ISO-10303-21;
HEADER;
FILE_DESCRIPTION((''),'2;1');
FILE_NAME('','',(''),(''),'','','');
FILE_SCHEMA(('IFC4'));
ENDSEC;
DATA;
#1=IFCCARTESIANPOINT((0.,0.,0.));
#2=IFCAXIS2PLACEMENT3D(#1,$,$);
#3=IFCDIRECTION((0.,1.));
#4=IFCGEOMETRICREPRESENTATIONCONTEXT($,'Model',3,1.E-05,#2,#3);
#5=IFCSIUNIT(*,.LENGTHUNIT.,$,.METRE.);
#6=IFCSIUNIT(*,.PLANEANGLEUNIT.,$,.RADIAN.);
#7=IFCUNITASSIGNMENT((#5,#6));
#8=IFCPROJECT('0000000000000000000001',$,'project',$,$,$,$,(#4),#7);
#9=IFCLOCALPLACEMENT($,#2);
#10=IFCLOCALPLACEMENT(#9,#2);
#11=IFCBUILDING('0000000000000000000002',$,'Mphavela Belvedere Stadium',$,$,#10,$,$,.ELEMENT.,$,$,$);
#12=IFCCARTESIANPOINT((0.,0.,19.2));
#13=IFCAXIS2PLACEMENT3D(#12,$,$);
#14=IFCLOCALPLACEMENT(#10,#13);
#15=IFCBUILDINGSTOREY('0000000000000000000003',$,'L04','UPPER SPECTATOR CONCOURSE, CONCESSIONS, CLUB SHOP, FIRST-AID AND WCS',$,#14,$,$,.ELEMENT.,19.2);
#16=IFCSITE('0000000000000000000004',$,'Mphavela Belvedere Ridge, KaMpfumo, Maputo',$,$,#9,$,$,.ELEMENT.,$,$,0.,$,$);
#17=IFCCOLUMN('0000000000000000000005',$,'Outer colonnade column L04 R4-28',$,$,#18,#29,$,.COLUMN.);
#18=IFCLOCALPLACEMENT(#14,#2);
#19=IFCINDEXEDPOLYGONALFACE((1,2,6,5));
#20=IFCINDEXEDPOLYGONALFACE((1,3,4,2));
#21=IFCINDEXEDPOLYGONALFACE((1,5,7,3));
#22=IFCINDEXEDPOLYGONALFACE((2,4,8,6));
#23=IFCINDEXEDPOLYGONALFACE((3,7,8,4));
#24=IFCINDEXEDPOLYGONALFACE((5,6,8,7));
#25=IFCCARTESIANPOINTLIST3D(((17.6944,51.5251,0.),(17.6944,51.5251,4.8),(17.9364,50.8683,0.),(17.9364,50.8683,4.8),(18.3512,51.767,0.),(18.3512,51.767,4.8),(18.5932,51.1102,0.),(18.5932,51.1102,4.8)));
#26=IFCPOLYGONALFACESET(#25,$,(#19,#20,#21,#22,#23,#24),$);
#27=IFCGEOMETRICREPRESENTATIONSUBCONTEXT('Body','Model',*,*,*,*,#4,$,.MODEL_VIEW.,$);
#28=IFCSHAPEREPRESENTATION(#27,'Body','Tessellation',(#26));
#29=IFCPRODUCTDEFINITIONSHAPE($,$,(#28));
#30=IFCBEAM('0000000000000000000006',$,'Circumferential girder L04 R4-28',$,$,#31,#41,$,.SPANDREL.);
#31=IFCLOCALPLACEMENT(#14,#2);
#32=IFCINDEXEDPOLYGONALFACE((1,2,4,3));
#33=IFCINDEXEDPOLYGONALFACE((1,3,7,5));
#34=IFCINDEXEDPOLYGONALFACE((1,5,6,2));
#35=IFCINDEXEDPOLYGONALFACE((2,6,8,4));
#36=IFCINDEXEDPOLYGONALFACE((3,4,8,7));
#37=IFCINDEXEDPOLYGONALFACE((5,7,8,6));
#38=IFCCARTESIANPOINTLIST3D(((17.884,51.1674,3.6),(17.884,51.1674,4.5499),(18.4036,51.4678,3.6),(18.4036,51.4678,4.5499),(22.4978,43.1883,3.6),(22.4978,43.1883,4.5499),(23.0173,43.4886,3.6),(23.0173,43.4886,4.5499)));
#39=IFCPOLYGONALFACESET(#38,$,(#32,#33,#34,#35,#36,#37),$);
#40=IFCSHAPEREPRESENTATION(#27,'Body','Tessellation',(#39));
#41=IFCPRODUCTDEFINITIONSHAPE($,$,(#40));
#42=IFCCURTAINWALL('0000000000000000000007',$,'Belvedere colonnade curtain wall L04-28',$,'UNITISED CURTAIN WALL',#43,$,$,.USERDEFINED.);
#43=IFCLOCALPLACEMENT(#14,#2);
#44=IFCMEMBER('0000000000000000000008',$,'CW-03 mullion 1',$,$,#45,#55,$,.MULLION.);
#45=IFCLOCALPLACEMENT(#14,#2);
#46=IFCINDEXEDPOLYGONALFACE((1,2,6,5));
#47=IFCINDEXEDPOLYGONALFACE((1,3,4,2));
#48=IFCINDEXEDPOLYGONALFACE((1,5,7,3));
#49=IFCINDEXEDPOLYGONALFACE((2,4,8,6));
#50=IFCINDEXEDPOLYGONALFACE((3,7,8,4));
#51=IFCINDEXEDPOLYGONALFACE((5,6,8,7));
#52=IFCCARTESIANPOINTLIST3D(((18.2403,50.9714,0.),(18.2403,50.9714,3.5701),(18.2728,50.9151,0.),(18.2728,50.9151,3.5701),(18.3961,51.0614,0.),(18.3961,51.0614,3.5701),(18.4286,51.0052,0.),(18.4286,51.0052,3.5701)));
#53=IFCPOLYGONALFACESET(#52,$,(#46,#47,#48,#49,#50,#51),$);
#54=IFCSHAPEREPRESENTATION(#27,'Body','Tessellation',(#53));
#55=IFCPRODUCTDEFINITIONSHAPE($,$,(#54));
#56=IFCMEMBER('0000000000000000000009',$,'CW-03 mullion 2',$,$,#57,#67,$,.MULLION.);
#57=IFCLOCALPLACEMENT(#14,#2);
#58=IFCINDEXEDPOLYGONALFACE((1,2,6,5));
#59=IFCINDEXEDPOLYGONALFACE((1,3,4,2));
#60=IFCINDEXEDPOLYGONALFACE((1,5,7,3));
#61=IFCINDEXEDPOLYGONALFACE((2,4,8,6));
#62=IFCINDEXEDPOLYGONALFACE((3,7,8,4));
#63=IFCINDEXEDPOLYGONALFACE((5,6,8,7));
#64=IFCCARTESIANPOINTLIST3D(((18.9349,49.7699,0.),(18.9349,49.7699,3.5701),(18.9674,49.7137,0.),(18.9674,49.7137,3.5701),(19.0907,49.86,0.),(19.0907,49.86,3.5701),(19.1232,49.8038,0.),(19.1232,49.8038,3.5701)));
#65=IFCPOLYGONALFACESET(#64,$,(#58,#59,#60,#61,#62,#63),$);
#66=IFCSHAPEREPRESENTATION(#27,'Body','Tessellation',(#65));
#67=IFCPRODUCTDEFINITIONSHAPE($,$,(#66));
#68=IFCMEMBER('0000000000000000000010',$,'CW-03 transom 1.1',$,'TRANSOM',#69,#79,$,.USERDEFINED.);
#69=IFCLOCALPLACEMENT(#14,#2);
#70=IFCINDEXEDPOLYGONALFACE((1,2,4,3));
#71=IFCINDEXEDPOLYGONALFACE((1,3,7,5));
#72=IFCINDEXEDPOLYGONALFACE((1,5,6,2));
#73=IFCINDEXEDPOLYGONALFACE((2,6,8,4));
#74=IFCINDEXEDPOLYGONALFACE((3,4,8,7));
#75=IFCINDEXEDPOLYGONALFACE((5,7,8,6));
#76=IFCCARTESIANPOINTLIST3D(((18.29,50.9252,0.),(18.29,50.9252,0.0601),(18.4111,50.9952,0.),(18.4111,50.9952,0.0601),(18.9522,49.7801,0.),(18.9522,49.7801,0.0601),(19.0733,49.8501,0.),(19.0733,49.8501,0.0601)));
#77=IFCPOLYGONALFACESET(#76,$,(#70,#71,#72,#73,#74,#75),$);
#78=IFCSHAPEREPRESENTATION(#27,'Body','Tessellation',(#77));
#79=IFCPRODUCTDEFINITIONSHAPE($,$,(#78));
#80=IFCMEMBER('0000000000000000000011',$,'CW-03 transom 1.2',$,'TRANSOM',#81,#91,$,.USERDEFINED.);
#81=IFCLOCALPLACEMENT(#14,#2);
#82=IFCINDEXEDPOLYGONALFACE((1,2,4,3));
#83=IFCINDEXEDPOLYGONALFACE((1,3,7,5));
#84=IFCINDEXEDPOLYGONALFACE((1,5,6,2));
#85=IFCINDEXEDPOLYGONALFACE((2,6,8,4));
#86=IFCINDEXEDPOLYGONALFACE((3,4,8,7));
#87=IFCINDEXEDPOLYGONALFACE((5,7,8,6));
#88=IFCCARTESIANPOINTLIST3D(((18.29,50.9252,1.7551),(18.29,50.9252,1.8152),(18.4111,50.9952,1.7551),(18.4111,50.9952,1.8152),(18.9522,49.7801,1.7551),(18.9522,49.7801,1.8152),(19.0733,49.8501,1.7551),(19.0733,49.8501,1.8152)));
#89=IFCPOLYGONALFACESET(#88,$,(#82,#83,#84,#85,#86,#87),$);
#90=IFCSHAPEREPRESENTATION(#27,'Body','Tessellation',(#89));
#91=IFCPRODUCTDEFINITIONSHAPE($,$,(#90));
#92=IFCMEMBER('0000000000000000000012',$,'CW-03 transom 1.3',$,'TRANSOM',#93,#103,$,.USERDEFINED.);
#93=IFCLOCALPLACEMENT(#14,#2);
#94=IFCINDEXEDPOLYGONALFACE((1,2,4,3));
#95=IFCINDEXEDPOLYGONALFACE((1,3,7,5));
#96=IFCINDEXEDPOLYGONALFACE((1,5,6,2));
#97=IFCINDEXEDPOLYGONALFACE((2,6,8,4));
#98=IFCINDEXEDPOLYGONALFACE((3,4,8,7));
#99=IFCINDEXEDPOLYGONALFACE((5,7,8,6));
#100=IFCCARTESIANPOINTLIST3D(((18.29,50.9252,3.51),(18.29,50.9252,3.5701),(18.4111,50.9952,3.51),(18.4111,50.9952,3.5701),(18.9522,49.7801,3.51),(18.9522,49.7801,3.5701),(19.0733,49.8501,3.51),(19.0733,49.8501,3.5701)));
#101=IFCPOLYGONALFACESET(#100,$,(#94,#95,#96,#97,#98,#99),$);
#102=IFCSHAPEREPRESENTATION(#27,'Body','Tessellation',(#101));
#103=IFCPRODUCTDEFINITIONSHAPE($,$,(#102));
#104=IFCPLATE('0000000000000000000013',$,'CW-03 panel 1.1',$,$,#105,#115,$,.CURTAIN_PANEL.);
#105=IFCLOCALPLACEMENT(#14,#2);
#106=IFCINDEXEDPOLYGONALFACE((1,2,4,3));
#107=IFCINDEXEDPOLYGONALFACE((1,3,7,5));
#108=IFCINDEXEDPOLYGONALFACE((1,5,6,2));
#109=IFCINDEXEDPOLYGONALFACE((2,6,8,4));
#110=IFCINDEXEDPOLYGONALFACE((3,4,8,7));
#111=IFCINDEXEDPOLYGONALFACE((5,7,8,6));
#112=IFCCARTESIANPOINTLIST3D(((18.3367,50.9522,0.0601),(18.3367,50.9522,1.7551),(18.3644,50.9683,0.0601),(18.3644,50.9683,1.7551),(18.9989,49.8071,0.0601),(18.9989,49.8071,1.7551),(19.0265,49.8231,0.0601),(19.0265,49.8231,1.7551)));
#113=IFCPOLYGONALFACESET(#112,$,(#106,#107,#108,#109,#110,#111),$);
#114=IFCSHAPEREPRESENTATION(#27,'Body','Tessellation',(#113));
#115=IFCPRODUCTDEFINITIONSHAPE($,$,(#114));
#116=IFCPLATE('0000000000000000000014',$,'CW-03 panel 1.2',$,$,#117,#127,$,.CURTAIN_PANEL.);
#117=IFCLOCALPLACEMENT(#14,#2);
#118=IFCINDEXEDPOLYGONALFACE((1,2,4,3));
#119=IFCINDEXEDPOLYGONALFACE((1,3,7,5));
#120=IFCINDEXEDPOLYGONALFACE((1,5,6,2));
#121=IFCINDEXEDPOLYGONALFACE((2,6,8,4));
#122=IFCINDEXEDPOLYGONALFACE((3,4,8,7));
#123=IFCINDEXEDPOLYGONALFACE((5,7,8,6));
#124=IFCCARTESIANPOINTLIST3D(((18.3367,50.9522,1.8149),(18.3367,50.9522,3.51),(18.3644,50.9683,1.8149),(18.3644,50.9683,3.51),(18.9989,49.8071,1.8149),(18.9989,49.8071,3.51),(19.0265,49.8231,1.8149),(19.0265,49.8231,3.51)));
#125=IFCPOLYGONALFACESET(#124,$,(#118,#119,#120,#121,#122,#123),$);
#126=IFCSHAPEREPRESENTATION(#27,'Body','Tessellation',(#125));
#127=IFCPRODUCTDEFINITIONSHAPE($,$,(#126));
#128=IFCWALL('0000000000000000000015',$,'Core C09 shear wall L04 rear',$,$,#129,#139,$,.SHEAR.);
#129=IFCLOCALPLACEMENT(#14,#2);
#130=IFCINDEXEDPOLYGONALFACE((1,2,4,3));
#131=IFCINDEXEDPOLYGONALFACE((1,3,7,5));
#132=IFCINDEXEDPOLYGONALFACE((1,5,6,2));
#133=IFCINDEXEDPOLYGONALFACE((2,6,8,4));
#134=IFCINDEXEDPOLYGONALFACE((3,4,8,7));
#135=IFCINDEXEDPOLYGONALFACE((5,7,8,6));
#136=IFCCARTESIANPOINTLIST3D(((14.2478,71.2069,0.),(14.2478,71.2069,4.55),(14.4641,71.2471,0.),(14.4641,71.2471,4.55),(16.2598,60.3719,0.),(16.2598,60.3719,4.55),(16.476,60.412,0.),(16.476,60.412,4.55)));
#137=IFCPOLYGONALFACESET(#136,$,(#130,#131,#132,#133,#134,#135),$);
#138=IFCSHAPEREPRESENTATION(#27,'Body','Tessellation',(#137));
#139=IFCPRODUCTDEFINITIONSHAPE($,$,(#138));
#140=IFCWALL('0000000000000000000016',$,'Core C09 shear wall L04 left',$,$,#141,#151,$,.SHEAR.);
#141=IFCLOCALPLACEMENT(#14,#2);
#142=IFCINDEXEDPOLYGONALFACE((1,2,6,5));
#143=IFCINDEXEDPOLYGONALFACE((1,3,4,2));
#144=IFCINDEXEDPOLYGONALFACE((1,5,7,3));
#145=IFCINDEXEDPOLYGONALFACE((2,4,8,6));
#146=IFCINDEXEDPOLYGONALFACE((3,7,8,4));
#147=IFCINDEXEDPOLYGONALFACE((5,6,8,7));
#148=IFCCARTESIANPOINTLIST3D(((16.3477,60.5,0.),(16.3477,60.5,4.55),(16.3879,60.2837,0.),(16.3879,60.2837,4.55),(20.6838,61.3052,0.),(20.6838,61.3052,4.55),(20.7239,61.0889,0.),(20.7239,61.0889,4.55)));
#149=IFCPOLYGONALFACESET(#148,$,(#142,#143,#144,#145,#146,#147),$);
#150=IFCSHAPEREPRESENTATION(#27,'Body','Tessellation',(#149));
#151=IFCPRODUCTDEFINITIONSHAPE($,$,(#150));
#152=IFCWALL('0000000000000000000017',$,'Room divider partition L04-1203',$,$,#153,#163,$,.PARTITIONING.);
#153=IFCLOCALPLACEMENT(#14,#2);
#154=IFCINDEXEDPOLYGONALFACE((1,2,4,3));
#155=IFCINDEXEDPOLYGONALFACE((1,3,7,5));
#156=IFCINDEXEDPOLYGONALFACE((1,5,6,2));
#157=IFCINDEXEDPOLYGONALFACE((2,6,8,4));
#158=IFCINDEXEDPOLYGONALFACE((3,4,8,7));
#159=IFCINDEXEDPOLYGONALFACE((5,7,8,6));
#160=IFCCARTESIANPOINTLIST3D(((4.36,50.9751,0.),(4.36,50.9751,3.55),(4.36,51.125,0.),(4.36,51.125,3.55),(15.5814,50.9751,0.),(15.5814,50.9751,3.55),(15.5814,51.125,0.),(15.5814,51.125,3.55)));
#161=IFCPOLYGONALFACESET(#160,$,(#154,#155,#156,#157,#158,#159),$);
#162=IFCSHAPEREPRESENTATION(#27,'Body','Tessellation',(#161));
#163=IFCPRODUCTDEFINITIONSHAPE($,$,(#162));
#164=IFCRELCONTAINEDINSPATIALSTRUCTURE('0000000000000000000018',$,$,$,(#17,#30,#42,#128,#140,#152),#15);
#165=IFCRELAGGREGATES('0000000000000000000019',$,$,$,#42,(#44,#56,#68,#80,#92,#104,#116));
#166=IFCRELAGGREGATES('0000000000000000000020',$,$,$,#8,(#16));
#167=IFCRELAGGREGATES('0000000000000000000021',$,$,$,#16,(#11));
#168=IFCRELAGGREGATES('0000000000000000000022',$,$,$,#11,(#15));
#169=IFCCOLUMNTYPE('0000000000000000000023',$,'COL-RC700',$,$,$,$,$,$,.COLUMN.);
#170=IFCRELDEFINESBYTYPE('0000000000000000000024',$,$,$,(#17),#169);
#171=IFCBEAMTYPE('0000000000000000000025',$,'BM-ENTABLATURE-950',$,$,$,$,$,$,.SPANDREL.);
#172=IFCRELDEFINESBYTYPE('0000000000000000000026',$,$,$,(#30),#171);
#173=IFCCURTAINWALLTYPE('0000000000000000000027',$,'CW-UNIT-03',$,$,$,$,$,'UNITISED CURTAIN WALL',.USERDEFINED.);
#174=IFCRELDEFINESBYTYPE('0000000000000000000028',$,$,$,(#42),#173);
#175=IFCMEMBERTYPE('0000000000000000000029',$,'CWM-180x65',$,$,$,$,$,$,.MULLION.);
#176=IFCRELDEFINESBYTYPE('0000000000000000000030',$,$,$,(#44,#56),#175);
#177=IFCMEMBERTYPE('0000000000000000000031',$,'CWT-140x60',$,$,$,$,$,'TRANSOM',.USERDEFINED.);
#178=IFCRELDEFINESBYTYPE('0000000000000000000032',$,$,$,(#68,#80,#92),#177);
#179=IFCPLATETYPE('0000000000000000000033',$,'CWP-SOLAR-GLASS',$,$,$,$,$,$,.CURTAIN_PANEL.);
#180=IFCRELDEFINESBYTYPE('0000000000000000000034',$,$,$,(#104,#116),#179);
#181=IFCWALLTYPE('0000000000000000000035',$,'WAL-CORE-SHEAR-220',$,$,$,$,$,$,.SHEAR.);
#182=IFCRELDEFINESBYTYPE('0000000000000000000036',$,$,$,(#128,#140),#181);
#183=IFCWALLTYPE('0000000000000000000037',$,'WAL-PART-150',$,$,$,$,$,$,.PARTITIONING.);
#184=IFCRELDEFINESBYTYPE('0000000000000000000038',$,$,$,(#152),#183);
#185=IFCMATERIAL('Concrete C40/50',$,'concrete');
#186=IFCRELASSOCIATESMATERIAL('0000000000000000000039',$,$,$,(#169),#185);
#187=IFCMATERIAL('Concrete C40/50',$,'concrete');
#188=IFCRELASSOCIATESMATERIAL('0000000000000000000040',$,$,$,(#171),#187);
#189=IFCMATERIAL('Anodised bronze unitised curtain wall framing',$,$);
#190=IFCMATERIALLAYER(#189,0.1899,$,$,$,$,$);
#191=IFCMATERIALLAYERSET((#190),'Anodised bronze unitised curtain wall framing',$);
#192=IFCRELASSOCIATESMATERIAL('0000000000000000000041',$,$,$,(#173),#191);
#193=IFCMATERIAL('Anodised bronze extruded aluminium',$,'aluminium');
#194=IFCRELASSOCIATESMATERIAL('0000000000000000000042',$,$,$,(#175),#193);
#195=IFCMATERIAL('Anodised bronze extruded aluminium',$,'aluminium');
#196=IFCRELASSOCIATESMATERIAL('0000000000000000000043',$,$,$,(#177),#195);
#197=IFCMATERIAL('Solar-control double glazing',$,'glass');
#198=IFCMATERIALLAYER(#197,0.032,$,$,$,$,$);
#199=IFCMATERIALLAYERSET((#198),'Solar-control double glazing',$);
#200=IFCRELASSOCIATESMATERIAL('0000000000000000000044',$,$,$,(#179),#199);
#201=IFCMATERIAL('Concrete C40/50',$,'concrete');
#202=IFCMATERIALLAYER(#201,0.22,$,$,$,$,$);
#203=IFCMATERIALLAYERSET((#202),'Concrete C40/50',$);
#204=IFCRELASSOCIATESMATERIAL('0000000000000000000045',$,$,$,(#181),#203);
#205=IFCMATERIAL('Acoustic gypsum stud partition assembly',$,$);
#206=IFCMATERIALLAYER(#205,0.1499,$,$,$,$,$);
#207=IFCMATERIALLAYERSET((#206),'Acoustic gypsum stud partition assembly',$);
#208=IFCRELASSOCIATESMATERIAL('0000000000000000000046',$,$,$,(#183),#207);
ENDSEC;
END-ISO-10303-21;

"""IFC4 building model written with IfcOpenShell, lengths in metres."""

from ifc_helpers import new_model, si_unit, direction, frame, frame_2d, origin, origin_2d, place, context, subcontext, project, spatial, rectangle, extrude, material, layer, layer_set, material_profile, profile_set, type_object, element, aggregate, save


model = new_model("IFC4")

# Units and contexts
model_context = context("Model", 3, precision=1e-05, world=origin(), true_north=direction((0.0, 1.0)))
body_context = subcontext(model_context, "Body", "Model", "MODEL_VIEW")
ifc_project = project(units=[si_unit("LENGTHUNIT", "METRE"), si_unit("PLANEANGLEUNIT", "RADIAN")], contexts=[model_context])

# Site, building, storey
site_placement = place(None, origin())
site = spatial("IfcSite", under=ifc_project, at=site_placement, Name="Mphavela Belvedere Ridge, KaMpfumo, Maputo", CompositionType="ELEMENT", RefElevation=0.0)
building_placement = place(site_placement, origin())
building = spatial("IfcBuilding", under=site, at=building_placement, Name="Mphavela Belvedere Stadium", CompositionType="ELEMENT")
storey_placement = place(building_placement, frame((0.0, 0.0, 19.2)))
storey = spatial("IfcBuildingStorey", under=building, at=storey_placement, Name="L04", Description="UPPER SPECTATOR CONCOURSE, CONCESSIONS, CLUB SHOP, FIRST-AID AND WCS", CompositionType="ELEMENT", Elevation=19.2)

# Column
ifc_material_1 = material(Name="Concrete C40/50", Category="concrete")
ifc_material_profile_1 = material_profile(ifc_material_1, rectangle(XDim=0.7, YDim=0.7, at=origin_2d()), Name="RC 700x700")
ifc_profile_set_1 = profile_set([ifc_material_profile_1], Name="Concrete C40/50")
column_type = type_object("IfcColumnType", Name="COL-RC700", PredefinedType="COLUMN", material=ifc_profile_set_1)
column_placement = place(storey_placement, frame((18.1438, 51.3176, 0.0), z_axis=(0.0, 0.0, 1.0), x_axis=(-0.938372, -0.345626, 0.0)))
element("IfcColumn", 1, at=column_placement, inside=storey, type_object=column_type, Name="Outer colonnade column L04 R4-28", PredefinedType="COLUMN", context=body_context, shape_type="SweptSolid", body=[
    extrude(rectangle(XDim=0.7, YDim=0.7, at=origin_2d()), origin(), (0.0, 0.0, 1.0), 4.8),
])

# Beam
ifc_material_2 = material(Name="Concrete C40/50", Category="concrete")
ifc_material_profile_2 = material_profile(ifc_material_2, rectangle(XDim=0.6001, YDim=0.95, at=origin_2d()), Name="RC 600x950")
ifc_profile_set_2 = profile_set([ifc_material_profile_2], Name="Concrete C40/50")
beam_type = type_object("IfcBeamType", Name="BM-ENTABLATURE-950", PredefinedType="SPANDREL", material=ifc_profile_set_2)
beam_placement = place(storey_placement, frame((18.1438, 51.3176, 4.075), z_axis=(0.500565, -0.865699, 0.0), x_axis=(0.865699, 0.500565, 0.0)))
element("IfcBeam", 2, at=beam_placement, inside=storey, type_object=beam_type, Name="Circumferential girder L04 R4-28", PredefinedType="SPANDREL", context=body_context, shape_type="SweptSolid", body=[
    extrude(rectangle(XDim=0.6001, YDim=0.95, at=origin_2d()), origin(), (0.0, 0.0, 1.0), 9.217),
])

# Curtain wall, members, plates
ifc_material_3 = material(Name="Anodised bronze unitised curtain wall framing")
ifc_layer_1 = layer(ifc_material_3, 0.1899)
ifc_layer_set_1 = layer_set([ifc_layer_1], Name="Anodised bronze unitised curtain wall framing")
curtain_wall_type = type_object("IfcCurtainWallType", Name="CW-UNIT-03", ElementType="UNITISED CURTAIN WALL", PredefinedType="USERDEFINED", material=ifc_layer_set_1)
curtain_wall_placement = place(storey_placement, origin())
curtain_wall = element("IfcCurtainWall", 3, at=curtain_wall_placement, inside=storey, type_object=curtain_wall_type, Name="Belvedere colonnade curtain wall L04-28", ObjectType="UNITISED CURTAIN WALL", PredefinedType="USERDEFINED")
ifc_material_4 = material(Name="Anodised bronze extruded aluminium", Category="aluminium")
ifc_material_profile_3 = material_profile(ifc_material_4, rectangle(XDim=0.1799, YDim=0.0649, at=origin_2d()), Name="CW-MUL 180x65")
ifc_profile_set_3 = profile_set([ifc_material_profile_3], Name="Anodised bronze extruded aluminium")
member_type_1 = type_object("IfcMemberType", Name="CWM-180x65", PredefinedType="MULLION", material=ifc_profile_set_3)
member_1_placement = place(storey_placement, frame((18.3345, 50.9883, 0.0), z_axis=(0.0, 0.0, 1.0), x_axis=(0.865704, 0.500556, 0.0)))
member_1 = element("IfcMember", 4, at=member_1_placement, type_object=member_type_1, Name="CW-03 mullion 1", PredefinedType="MULLION", context=body_context, shape_type="SweptSolid", body=[
    extrude(rectangle(XDim=0.1799, YDim=0.0649, at=origin_2d()), origin(), (0.0, 0.0, 1.0), 3.5701),
])
member_2_placement = place(storey_placement, frame((19.0291, 49.7869, 0.0), z_axis=(0.0, 0.0, 1.0), x_axis=(0.865704, 0.500556, 0.0)))
member_2 = element("IfcMember", 5, at=member_2_placement, type_object=member_type_1, Name="CW-03 mullion 2", PredefinedType="MULLION", context=body_context, shape_type="SweptSolid", body=[
    extrude(rectangle(XDim=0.1799, YDim=0.0649, at=origin_2d()), origin(), (0.0, 0.0, 1.0), 3.5701),
])
ifc_material_5 = material(Name="Anodised bronze extruded aluminium", Category="aluminium")
ifc_material_profile_4 = material_profile(ifc_material_5, rectangle(XDim=0.1399, YDim=0.0601, at=origin_2d()), Name="CW-TRN 140x60")
ifc_profile_set_4 = profile_set([ifc_material_profile_4], Name="Anodised bronze extruded aluminium")
member_type_2 = type_object("IfcMemberType", Name="CWT-140x60", ElementType="TRANSOM", PredefinedType="USERDEFINED", material=ifc_profile_set_4)
member_3_placement = place(storey_placement, frame((18.3506, 50.9602, 0.03), z_axis=(0.500585, -0.865687, 0.0), x_axis=(0.865687, 0.500585, 0.0)))
member_3 = element("IfcMember", 6, at=member_3_placement, type_object=member_type_2, Name="CW-03 transom 1.1", ObjectType="TRANSOM", PredefinedType="USERDEFINED", context=body_context, shape_type="SweptSolid", body=[
    extrude(rectangle(XDim=0.1399, YDim=0.0601, at=origin_2d()), origin(), (0.0, 0.0, 1.0), 1.3228),
])
member_4_placement = place(storey_placement, frame((18.3506, 50.9602, 1.7852), z_axis=(0.500585, -0.865687, 0.0), x_axis=(0.865687, 0.500585, 0.0)))
member_4 = element("IfcMember", 7, at=member_4_placement, type_object=member_type_2, Name="CW-03 transom 1.2", ObjectType="TRANSOM", PredefinedType="USERDEFINED", context=body_context, shape_type="SweptSolid", body=[
    extrude(rectangle(XDim=0.1399, YDim=0.0601, at=origin_2d()), origin(), (0.0, 0.0, 1.0), 1.3228),
])
member_5_placement = place(storey_placement, frame((18.3506, 50.9602, 3.54), z_axis=(0.500585, -0.865687, 0.0), x_axis=(0.865687, 0.500585, 0.0)))
member_5 = element("IfcMember", 8, at=member_5_placement, type_object=member_type_2, Name="CW-03 transom 1.3", ObjectType="TRANSOM", PredefinedType="USERDEFINED", context=body_context, shape_type="SweptSolid", body=[
    extrude(rectangle(XDim=0.1399, YDim=0.0601, at=origin_2d()), origin(), (0.0, 0.0, 1.0), 1.3228),
])
ifc_material_6 = material(Name="Solar-control double glazing", Category="glass")
ifc_layer_2 = layer(ifc_material_6, 0.032)
ifc_layer_set_2 = layer_set([ifc_layer_2], Name="Solar-control double glazing")
plate_type = type_object("IfcPlateType", Name="CWP-SOLAR-GLASS", PredefinedType="CURTAIN_PANEL", material=ifc_layer_set_2)
plate_1_placement = place(storey_placement, frame((18.6816, 50.3877, 0.0601), z_axis=(0.0, 0.0, 1.0), x_axis=(0.500556, -0.865704, 0.0)))
plate_1 = element("IfcPlate", 9, at=plate_1_placement, type_object=plate_type, Name="CW-03 panel 1.1", PredefinedType="CURTAIN_PANEL", context=body_context, shape_type="SweptSolid", body=[
    extrude(rectangle(XDim=1.3228, YDim=0.032, at=origin_2d()), origin(), (0.0, 0.0, 1.0), 1.6951),
])
plate_2_placement = place(storey_placement, frame((18.6816, 50.3877, 1.8149), z_axis=(0.0, 0.0, 1.0), x_axis=(0.500556, -0.865704, 0.0)))
plate_2 = element("IfcPlate", 10, at=plate_2_placement, type_object=plate_type, Name="CW-03 panel 1.2", PredefinedType="CURTAIN_PANEL", context=body_context, shape_type="SweptSolid", body=[
    extrude(rectangle(XDim=1.3228, YDim=0.032, at=origin_2d()), origin(), (0.0, 0.0, 1.0), 1.6951),
])
aggregate(curtain_wall, [member_1, member_2, member_3, member_4, member_5, plate_1, plate_2])

# Walls
ifc_material_7 = material(Name="Concrete C40/50", Category="concrete")
ifc_layer_3 = layer(ifc_material_7, 0.22)
ifc_layer_set_3 = layer_set([ifc_layer_3], Name="Concrete C40/50")
wall_type_1 = type_object("IfcWallType", Name="WAL-CORE-SHEAR-220", PredefinedType="SHEAR", material=ifc_layer_set_3)
wall_1_placement = place(storey_placement, frame((16.3679, 60.3918, 0.0), z_axis=(0.0, 0.0, 1.0), x_axis=(-0.182571, 0.983193, 0.0)))
element("IfcWall", 11, at=wall_1_placement, inside=storey, type_object=wall_type_1, Name="Core C09 shear wall L04 rear", PredefinedType="SHEAR", context=body_context, shape_type="SweptSolid", body=[
    extrude(rectangle(XDim=11.0203, YDim=0.22, at=frame_2d((5.5103, 0.0))), origin(), (0.0, 0.0, 1.0), 4.55),
])
wall_2_placement = place(storey_placement, frame((20.7039, 61.197, 0.0), z_axis=(0.0, 0.0, 1.0), x_axis=(-0.983192, -0.182577, 0.0)))
element("IfcWall", 12, at=wall_2_placement, inside=storey, type_object=wall_type_1, Name="Core C09 shear wall L04 left", PredefinedType="SHEAR", context=body_context, shape_type="SweptSolid", body=[
    extrude(rectangle(XDim=4.4102, YDim=0.22, at=frame_2d((2.2051, 0.0))), origin(), (0.0, 0.0, 1.0), 4.55),
])

# Wall
ifc_material_8 = material(Name="Acoustic gypsum stud partition assembly")
ifc_layer_4 = layer(ifc_material_8, 0.1499)
ifc_layer_set_4 = layer_set([ifc_layer_4], Name="Acoustic gypsum stud partition assembly")
wall_type_2 = type_object("IfcWallType", Name="WAL-PART-150", PredefinedType="PARTITIONING", material=ifc_layer_set_4)
wall_3_placement = place(storey_placement, frame((15.5815, 51.05, 0.0), z_axis=(0.0, 0.0, 1.0), x_axis=(-1.0, 0.0, 0.0)))
element("IfcWall", 13, at=wall_3_placement, inside=storey, type_object=wall_type_2, Name="Room divider partition L04-1203", PredefinedType="PARTITIONING", context=body_context, shape_type="SweptSolid", body=[
    extrude(rectangle(XDim=11.2214, YDim=0.1499, at=frame_2d((5.6108, 0.0))), origin(), (0.0, 0.0, 1.0), 3.55),
])

save(model, "model.ifc")
